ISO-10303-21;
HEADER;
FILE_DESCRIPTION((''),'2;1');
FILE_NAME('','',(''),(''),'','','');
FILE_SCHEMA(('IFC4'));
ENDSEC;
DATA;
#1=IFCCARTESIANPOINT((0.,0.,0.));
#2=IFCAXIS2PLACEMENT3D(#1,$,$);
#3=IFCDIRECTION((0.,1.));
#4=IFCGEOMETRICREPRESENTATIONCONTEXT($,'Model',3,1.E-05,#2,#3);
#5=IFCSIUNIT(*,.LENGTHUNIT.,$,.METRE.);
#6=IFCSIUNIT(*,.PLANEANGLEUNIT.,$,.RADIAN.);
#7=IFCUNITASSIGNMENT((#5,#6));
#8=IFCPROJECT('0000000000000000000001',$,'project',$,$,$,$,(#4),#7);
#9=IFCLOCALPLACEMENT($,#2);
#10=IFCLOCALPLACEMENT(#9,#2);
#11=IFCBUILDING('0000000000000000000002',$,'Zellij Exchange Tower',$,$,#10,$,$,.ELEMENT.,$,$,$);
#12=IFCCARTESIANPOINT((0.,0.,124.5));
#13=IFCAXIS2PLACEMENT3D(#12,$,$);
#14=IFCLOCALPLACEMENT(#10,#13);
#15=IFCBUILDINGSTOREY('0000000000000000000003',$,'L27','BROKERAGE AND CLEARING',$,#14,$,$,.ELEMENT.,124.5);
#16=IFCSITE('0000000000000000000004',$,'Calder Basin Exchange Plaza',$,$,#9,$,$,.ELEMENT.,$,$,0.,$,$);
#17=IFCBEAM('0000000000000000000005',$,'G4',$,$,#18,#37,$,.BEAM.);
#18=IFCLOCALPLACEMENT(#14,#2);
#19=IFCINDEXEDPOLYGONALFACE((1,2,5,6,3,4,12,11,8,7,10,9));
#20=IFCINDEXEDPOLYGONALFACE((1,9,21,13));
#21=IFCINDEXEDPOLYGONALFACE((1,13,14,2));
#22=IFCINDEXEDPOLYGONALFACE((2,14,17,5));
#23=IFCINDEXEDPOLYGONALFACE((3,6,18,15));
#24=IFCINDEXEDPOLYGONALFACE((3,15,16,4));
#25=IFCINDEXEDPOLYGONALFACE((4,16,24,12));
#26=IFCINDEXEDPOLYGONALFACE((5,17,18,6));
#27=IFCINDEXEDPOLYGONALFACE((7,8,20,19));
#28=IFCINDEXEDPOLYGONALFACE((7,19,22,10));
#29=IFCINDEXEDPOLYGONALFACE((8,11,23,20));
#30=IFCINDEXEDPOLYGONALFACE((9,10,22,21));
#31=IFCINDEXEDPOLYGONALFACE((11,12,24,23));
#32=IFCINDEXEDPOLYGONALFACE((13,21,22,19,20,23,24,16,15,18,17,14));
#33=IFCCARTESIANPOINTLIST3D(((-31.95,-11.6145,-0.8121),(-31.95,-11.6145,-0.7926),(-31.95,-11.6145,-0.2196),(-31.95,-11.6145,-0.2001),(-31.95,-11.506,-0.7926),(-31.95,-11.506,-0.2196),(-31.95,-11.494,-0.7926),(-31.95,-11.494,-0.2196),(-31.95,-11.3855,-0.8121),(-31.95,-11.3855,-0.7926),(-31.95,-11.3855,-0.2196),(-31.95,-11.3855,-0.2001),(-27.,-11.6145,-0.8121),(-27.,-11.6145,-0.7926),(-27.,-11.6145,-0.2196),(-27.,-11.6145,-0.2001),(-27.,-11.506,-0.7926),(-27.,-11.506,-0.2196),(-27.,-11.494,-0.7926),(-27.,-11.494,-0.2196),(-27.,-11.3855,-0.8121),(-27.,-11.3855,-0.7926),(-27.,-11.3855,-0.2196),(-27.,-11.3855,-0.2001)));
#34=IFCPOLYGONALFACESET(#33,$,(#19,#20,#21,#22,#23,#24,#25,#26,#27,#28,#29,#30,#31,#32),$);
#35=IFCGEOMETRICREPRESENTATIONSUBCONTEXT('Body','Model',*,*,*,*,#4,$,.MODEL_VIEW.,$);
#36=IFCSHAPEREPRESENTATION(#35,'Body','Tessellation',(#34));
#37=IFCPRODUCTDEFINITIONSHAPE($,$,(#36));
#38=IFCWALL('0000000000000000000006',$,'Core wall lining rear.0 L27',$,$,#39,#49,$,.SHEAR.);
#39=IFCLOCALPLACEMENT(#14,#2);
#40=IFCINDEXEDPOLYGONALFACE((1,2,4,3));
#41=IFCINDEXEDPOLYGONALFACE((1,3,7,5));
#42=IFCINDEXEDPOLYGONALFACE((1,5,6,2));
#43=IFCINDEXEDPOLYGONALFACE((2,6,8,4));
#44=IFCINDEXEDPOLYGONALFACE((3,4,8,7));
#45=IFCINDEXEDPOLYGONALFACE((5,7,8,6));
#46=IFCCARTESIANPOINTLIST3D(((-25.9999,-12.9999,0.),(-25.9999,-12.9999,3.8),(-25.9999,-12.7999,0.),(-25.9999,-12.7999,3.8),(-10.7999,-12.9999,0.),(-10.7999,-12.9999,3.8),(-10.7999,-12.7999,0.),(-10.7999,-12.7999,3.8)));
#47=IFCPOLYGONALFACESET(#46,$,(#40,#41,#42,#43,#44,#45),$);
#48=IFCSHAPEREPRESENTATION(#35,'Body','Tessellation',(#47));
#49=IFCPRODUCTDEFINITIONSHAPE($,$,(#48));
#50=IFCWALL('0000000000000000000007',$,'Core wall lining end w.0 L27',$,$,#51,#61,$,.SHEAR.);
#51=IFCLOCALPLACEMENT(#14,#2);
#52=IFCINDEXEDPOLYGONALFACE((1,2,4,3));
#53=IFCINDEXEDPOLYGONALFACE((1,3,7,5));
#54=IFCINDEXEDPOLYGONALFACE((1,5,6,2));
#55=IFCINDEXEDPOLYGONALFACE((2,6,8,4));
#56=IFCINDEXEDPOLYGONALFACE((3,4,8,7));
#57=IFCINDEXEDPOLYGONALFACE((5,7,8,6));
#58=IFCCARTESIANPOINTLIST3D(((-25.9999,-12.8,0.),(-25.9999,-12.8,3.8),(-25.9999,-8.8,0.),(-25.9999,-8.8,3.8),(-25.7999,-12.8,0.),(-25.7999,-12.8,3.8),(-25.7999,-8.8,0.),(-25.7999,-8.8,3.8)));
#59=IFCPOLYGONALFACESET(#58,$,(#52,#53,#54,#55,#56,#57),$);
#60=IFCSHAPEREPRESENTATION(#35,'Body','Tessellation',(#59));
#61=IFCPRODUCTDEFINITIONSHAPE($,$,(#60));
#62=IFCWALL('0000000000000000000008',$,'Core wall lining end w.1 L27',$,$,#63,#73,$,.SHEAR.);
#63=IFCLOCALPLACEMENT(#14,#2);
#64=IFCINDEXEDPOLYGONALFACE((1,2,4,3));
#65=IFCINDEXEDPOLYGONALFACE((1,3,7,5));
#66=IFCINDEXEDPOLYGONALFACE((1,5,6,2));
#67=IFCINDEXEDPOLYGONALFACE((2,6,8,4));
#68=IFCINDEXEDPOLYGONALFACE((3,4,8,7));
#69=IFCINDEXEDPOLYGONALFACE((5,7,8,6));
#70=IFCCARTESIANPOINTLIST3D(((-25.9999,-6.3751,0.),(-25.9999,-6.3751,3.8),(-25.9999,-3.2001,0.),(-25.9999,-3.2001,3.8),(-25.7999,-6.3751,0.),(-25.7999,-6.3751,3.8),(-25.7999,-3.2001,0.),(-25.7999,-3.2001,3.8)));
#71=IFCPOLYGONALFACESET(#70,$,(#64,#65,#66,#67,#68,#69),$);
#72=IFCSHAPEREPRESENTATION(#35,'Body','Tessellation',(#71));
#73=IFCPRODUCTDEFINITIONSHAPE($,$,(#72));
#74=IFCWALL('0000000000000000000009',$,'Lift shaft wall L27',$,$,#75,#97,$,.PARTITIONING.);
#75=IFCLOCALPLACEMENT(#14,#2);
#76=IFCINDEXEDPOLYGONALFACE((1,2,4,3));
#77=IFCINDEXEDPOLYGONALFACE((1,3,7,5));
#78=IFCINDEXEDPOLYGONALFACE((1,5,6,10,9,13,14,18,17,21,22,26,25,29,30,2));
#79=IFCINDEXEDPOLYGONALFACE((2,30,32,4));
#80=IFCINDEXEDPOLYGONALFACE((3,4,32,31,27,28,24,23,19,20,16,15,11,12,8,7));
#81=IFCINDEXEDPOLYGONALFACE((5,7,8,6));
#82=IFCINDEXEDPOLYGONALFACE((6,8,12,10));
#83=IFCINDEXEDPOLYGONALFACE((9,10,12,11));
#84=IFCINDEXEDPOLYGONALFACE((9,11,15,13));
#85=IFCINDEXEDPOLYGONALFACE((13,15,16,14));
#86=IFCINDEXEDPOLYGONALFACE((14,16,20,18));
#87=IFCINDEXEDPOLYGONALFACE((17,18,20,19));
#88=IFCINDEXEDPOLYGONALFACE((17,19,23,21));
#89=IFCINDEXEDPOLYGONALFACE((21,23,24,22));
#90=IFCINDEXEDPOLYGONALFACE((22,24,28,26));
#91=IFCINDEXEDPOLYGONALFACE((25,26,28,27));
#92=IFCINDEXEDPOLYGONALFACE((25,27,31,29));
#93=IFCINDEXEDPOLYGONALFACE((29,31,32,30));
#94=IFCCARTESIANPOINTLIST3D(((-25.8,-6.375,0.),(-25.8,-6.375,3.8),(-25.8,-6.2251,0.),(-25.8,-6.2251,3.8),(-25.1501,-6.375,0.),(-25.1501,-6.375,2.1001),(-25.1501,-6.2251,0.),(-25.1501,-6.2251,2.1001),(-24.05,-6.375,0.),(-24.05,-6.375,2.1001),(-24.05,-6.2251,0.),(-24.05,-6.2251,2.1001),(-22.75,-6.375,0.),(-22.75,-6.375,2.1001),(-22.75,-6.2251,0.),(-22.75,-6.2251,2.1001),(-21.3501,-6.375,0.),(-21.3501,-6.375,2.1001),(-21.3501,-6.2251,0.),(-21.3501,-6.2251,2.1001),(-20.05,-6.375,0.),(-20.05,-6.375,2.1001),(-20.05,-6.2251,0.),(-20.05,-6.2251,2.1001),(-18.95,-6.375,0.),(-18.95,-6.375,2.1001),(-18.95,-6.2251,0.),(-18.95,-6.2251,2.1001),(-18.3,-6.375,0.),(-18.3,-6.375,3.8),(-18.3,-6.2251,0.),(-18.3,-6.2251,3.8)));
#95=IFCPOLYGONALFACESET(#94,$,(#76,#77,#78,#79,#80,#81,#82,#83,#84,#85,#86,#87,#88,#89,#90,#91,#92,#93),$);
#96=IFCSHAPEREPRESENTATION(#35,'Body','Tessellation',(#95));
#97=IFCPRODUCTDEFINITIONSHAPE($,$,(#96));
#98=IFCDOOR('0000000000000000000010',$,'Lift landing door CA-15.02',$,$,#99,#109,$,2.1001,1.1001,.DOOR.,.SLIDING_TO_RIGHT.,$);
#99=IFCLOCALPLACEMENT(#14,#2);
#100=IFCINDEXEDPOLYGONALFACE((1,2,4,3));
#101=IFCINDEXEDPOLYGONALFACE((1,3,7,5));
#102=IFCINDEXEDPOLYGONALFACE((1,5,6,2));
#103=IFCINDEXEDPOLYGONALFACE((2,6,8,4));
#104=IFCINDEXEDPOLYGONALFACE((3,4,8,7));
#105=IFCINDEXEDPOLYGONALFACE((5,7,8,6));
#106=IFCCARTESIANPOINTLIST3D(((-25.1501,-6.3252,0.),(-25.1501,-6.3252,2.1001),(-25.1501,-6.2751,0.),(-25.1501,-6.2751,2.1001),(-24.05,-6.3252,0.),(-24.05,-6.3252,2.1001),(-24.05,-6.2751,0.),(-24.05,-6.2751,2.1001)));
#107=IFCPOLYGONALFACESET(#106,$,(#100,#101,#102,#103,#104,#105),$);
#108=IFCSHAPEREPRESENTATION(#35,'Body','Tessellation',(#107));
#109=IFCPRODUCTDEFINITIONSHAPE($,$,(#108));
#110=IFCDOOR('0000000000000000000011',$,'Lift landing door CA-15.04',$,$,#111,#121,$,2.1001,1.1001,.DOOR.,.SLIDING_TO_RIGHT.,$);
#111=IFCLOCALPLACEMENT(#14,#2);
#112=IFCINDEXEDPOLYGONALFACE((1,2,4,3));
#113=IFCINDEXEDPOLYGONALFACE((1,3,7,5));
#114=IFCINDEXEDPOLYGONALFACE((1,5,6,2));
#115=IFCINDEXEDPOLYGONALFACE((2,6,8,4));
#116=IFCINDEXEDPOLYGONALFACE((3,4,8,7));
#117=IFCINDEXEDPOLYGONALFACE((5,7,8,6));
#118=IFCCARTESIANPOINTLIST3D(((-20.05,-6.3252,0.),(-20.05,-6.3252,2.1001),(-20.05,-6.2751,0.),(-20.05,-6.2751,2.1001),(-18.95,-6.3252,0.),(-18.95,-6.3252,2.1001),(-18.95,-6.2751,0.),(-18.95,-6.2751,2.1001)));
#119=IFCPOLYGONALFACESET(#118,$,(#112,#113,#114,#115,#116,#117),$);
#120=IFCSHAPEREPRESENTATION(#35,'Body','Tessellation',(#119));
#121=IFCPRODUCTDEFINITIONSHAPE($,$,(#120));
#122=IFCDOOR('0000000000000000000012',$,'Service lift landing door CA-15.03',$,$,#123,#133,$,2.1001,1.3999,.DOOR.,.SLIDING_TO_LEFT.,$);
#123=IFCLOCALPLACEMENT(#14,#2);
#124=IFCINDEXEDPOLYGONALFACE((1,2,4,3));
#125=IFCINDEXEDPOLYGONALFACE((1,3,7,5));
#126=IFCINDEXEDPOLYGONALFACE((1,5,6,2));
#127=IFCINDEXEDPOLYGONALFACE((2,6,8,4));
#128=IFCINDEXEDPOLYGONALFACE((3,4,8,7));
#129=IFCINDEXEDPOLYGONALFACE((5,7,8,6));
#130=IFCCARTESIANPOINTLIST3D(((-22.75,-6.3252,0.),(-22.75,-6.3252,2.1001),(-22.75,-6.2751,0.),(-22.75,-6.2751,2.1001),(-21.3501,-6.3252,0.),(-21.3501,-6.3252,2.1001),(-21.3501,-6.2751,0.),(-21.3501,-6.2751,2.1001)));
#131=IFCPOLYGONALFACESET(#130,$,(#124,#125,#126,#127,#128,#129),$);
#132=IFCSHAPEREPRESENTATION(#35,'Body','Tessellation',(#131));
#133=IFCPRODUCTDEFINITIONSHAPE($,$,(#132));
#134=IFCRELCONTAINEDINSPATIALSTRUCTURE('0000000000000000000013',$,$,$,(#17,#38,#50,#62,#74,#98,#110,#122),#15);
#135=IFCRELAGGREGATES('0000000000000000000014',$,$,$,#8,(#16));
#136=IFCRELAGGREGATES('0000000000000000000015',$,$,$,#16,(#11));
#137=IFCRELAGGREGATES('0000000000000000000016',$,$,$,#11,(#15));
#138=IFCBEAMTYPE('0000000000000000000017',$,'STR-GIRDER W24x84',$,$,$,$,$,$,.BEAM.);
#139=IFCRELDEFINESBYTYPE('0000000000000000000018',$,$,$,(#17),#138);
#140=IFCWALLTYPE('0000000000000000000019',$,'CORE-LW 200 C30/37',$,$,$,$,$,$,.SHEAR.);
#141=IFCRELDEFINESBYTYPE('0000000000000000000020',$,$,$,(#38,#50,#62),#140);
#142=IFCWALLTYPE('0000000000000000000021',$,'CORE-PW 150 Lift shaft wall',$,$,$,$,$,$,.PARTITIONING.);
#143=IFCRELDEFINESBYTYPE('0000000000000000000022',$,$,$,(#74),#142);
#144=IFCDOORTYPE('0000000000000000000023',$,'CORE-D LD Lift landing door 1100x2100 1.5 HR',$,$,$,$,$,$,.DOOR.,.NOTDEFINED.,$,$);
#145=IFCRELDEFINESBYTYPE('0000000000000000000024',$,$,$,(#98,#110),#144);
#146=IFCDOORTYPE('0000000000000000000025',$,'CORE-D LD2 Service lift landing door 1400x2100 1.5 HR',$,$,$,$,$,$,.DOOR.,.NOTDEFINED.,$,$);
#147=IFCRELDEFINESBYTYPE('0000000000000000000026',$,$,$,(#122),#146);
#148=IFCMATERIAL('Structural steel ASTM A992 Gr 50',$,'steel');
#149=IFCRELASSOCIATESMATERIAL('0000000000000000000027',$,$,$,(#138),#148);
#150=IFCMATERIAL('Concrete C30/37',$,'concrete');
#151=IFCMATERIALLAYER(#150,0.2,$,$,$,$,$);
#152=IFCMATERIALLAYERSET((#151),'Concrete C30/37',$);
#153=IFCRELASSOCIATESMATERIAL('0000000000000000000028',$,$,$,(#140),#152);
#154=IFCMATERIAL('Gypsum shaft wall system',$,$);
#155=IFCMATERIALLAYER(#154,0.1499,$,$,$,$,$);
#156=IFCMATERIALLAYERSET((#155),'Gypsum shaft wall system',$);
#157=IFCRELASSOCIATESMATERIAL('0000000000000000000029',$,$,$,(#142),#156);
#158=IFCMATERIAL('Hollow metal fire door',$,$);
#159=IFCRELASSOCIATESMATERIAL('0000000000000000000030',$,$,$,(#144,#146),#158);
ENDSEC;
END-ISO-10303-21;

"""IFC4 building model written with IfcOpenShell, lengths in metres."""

from ifc_helpers import new_model, si_unit, direction, frame, frame_2d, origin, origin_2d, place, context, subcontext, project, spatial, rectangle, i_section, extrude, material, layer, layer_set, material_profile, profile_set, type_object, element, fill, save


model = new_model("IFC4")

# Units and contexts
model_context = context("Model", 3, precision=1e-05, world=origin(), true_north=direction((0.0, 1.0)))
body_context = subcontext(model_context, "Body", "Model", "MODEL_VIEW")
ifc_project = project(units=[si_unit("LENGTHUNIT", "METRE"), si_unit("PLANEANGLEUNIT", "RADIAN")], contexts=[model_context])

# Site, building, storey
site_placement = place(None, origin())
site = spatial("IfcSite", under=ifc_project, at=site_placement, Name="Calder Basin Exchange Plaza", CompositionType="ELEMENT", RefElevation=0.0)
building_placement = place(site_placement, origin())
building = spatial("IfcBuilding", under=site, at=building_placement, Name="Zellij Exchange Tower", CompositionType="ELEMENT")
storey_placement = place(building_placement, frame((0.0, 0.0, 124.5)))
storey = spatial("IfcBuildingStorey", under=building, at=storey_placement, Name="L27", Description="BROKERAGE AND CLEARING", CompositionType="ELEMENT", Elevation=124.5)

# Beam
ifc_material_1 = material(Name="Structural steel ASTM A992 Gr 50", Category="steel")
ifc_material_profile = material_profile(ifc_material_1, i_section(OverallWidth=0.229, OverallDepth=0.6121, WebThickness=0.012, FlangeThickness=0.0195, at=origin_2d()), Name="W24x84")
ifc_profile_set = profile_set([ifc_material_profile], Name="Structural steel ASTM A992 Gr 50")
beam_type = type_object("IfcBeamType", Name="STR-GIRDER W24x84", PredefinedType="BEAM", material=ifc_profile_set)
beam_placement = place(storey_placement, frame((-31.95, -11.5, -0.5061), z_axis=(1.0, 0.0, 0.0), x_axis=(0.0, 1.0, 0.0)))
element("IfcBeam", 1, at=beam_placement, inside=storey, type_object=beam_type, Name="G4", PredefinedType="BEAM", context=body_context, shape_type="SweptSolid", body=[
    extrude(i_section(OverallWidth=0.229, OverallDepth=0.6121, WebThickness=0.012, FlangeThickness=0.0195, at=origin_2d()), origin(), (0.0, 0.0, 1.0), 4.95),
])

# Walls
ifc_material_2 = material(Name="Concrete C30/37", Category="concrete")
ifc_layer_1 = layer(ifc_material_2, 0.2)
ifc_layer_set_1 = layer_set([ifc_layer_1], Name="Concrete C30/37")
wall_type_1 = type_object("IfcWallType", Name="CORE-LW 200 C30/37", PredefinedType="SHEAR", material=ifc_layer_set_1)
wall_1_placement = place(storey_placement, frame((-26.0, -12.8999, 0.0), z_axis=(0.0, 0.0, 1.0), x_axis=(1.0, 0.0, 0.0)))
element("IfcWall", 2, at=wall_1_placement, inside=storey, type_object=wall_type_1, Name="Core wall lining rear.0 L27", PredefinedType="SHEAR", context=body_context, shape_type="SweptSolid", body=[
    extrude(rectangle(XDim=15.2, YDim=0.2, at=frame_2d((7.6001, 0.0))), origin(), (0.0, 0.0, 1.0), 3.8),
])
wall_2_placement = place(storey_placement, frame((-25.8999, -12.8, 0.0), z_axis=(0.0, 0.0, 1.0), x_axis=(0.0, 1.0, 0.0)))
element("IfcWall", 3, at=wall_2_placement, inside=storey, type_object=wall_type_1, Name="Core wall lining end w.0 L27", PredefinedType="SHEAR", context=body_context, shape_type="SweptSolid", body=[
    extrude(rectangle(XDim=4.0, YDim=0.2, at=frame_2d((2.0, 0.0))), origin(), (0.0, 0.0, 1.0), 3.8),
])
wall_3_placement = place(storey_placement, frame((-25.8999, -6.375, 0.0), z_axis=(0.0, 0.0, 1.0), x_axis=(0.0, 1.0, 0.0)))
element("IfcWall", 4, at=wall_3_placement, inside=storey, type_object=wall_type_1, Name="Core wall lining end w.1 L27", PredefinedType="SHEAR", context=body_context, shape_type="SweptSolid", body=[
    extrude(rectangle(XDim=3.175, YDim=0.2, at=frame_2d((1.5874, 0.0))), origin(), (0.0, 0.0, 1.0), 3.8),
])

# Wall, openings, doors
ifc_material_3 = material(Name="Gypsum shaft wall system")
ifc_layer_2 = layer(ifc_material_3, 0.1499)
ifc_layer_set_2 = layer_set([ifc_layer_2], Name="Gypsum shaft wall system")
wall_type_2 = type_object("IfcWallType", Name="CORE-PW 150 Lift shaft wall", PredefinedType="PARTITIONING", material=ifc_layer_set_2)
wall_4_placement = place(storey_placement, frame((-25.8, -6.3, 0.0), z_axis=(0.0, 0.0, 1.0), x_axis=(1.0, 0.0, 0.0)))
wall_4 = element("IfcWall", 5, at=wall_4_placement, inside=storey, type_object=wall_type_2, Name="Lift shaft wall L27", PredefinedType="PARTITIONING", context=body_context, shape_type="SweptSolid", body=[
    extrude(rectangle(XDim=7.5, YDim=0.1499, at=frame_2d((3.75, 0.0))), origin(), (0.0, 0.0, 1.0), 3.8),
])
opening_1_placement = place(wall_4_placement, frame((0.6499, 0.0, 0.0)))
opening_1 = element("IfcOpeningElement", 6, at=opening_1_placement, cuts=wall_4, PredefinedType="OPENING", context=body_context, shape_type="SweptSolid", body=[
    extrude(rectangle(XDim=1.1001, YDim=2.1001, at=frame_2d((0.55, 1.05))), frame((0.0, 0.0869, 0.0), z_axis=(0.0, -1.0, 0.0), x_axis=(1.0, 0.0, 0.0)), (0.0, 0.0, 1.0), 0.1738),
])
opening_2_placement = place(wall_4_placement, frame((3.05, 0.0, 0.0)))
opening_2 = element("IfcOpeningElement", 7, at=opening_2_placement, cuts=wall_4, PredefinedType="OPENING", context=body_context, shape_type="SweptSolid", body=[
    extrude(rectangle(XDim=1.3999, YDim=2.1001, at=frame_2d((0.7, 1.05))), frame((0.0, 0.0869, 0.0), z_axis=(0.0, -1.0, 0.0), x_axis=(1.0, 0.0, 0.0)), (0.0, 0.0, 1.0), 0.1738),
])
opening_3_placement = place(wall_4_placement, frame((5.75, 0.0, 0.0)))
opening_3 = element("IfcOpeningElement", 8, at=opening_3_placement, cuts=wall_4, PredefinedType="OPENING", context=body_context, shape_type="SweptSolid", body=[
    extrude(rectangle(XDim=1.1001, YDim=2.1001, at=frame_2d((0.55, 1.05))), frame((0.0, 0.0869, 0.0), z_axis=(0.0, -1.0, 0.0), x_axis=(1.0, 0.0, 0.0)), (0.0, 0.0, 1.0), 0.1738),
])
ifc_material_4 = material(Name="Hollow metal fire door")
door_type_1 = type_object("IfcDoorType", Name="CORE-D LD Lift landing door 1100x2100 1.5 HR", OperationType="NOTDEFINED", PredefinedType="DOOR", material=ifc_material_4)
door_1_placement = place(opening_1_placement, origin())
door_1 = element("IfcDoor", 9, at=door_1_placement, inside=storey, type_object=door_type_1, Name="Lift landing door CA-15.02", OperationType="SLIDING_TO_RIGHT", OverallHeight=2.1001, OverallWidth=1.1001, PredefinedType="DOOR", context=body_context, shape_type="SweptSolid", body=[
    extrude(rectangle(XDim=1.1001, YDim=2.1001, at=frame_2d((0.55, 1.05))), frame((0.0, 0.0249, 0.0), z_axis=(0.0, -1.0, 0.0), x_axis=(1.0, 0.0, 0.0)), (0.0, 0.0, 1.0), 0.05),
])
fill(opening_1, door_1)
door_2_placement = place(opening_3_placement, origin())
door_2 = element("IfcDoor", 10, at=door_2_placement, inside=storey, type_object=door_type_1, Name="Lift landing door CA-15.04", OperationType="SLIDING_TO_RIGHT", OverallHeight=2.1001, OverallWidth=1.1001, PredefinedType="DOOR", context=body_context, shape_type="SweptSolid", body=[
    extrude(rectangle(XDim=1.1001, YDim=2.1001, at=frame_2d((0.55, 1.05))), frame((0.0, 0.0249, 0.0), z_axis=(0.0, -1.0, 0.0), x_axis=(1.0, 0.0, 0.0)), (0.0, 0.0, 1.0), 0.05),
])
fill(opening_3, door_2)
door_type_2 = type_object("IfcDoorType", Name="CORE-D LD2 Service lift landing door 1400x2100 1.5 HR", OperationType="NOTDEFINED", PredefinedType="DOOR", material=ifc_material_4)
door_3_placement = place(opening_2_placement, origin())
door_3 = element("IfcDoor", 11, at=door_3_placement, inside=storey, type_object=door_type_2, Name="Service lift landing door CA-15.03", OperationType="SLIDING_TO_LEFT", OverallHeight=2.1001, OverallWidth=1.3999, PredefinedType="DOOR", context=body_context, shape_type="SweptSolid", body=[
    extrude(rectangle(XDim=1.3999, YDim=2.1001, at=frame_2d((0.7, 1.05))), frame((0.0, 0.0249, 0.0), z_axis=(0.0, -1.0, 0.0), x_axis=(1.0, 0.0, 0.0)), (0.0, 0.0, 1.0), 0.05),
])
fill(opening_2, door_3)

save(model, "model.ifc")
